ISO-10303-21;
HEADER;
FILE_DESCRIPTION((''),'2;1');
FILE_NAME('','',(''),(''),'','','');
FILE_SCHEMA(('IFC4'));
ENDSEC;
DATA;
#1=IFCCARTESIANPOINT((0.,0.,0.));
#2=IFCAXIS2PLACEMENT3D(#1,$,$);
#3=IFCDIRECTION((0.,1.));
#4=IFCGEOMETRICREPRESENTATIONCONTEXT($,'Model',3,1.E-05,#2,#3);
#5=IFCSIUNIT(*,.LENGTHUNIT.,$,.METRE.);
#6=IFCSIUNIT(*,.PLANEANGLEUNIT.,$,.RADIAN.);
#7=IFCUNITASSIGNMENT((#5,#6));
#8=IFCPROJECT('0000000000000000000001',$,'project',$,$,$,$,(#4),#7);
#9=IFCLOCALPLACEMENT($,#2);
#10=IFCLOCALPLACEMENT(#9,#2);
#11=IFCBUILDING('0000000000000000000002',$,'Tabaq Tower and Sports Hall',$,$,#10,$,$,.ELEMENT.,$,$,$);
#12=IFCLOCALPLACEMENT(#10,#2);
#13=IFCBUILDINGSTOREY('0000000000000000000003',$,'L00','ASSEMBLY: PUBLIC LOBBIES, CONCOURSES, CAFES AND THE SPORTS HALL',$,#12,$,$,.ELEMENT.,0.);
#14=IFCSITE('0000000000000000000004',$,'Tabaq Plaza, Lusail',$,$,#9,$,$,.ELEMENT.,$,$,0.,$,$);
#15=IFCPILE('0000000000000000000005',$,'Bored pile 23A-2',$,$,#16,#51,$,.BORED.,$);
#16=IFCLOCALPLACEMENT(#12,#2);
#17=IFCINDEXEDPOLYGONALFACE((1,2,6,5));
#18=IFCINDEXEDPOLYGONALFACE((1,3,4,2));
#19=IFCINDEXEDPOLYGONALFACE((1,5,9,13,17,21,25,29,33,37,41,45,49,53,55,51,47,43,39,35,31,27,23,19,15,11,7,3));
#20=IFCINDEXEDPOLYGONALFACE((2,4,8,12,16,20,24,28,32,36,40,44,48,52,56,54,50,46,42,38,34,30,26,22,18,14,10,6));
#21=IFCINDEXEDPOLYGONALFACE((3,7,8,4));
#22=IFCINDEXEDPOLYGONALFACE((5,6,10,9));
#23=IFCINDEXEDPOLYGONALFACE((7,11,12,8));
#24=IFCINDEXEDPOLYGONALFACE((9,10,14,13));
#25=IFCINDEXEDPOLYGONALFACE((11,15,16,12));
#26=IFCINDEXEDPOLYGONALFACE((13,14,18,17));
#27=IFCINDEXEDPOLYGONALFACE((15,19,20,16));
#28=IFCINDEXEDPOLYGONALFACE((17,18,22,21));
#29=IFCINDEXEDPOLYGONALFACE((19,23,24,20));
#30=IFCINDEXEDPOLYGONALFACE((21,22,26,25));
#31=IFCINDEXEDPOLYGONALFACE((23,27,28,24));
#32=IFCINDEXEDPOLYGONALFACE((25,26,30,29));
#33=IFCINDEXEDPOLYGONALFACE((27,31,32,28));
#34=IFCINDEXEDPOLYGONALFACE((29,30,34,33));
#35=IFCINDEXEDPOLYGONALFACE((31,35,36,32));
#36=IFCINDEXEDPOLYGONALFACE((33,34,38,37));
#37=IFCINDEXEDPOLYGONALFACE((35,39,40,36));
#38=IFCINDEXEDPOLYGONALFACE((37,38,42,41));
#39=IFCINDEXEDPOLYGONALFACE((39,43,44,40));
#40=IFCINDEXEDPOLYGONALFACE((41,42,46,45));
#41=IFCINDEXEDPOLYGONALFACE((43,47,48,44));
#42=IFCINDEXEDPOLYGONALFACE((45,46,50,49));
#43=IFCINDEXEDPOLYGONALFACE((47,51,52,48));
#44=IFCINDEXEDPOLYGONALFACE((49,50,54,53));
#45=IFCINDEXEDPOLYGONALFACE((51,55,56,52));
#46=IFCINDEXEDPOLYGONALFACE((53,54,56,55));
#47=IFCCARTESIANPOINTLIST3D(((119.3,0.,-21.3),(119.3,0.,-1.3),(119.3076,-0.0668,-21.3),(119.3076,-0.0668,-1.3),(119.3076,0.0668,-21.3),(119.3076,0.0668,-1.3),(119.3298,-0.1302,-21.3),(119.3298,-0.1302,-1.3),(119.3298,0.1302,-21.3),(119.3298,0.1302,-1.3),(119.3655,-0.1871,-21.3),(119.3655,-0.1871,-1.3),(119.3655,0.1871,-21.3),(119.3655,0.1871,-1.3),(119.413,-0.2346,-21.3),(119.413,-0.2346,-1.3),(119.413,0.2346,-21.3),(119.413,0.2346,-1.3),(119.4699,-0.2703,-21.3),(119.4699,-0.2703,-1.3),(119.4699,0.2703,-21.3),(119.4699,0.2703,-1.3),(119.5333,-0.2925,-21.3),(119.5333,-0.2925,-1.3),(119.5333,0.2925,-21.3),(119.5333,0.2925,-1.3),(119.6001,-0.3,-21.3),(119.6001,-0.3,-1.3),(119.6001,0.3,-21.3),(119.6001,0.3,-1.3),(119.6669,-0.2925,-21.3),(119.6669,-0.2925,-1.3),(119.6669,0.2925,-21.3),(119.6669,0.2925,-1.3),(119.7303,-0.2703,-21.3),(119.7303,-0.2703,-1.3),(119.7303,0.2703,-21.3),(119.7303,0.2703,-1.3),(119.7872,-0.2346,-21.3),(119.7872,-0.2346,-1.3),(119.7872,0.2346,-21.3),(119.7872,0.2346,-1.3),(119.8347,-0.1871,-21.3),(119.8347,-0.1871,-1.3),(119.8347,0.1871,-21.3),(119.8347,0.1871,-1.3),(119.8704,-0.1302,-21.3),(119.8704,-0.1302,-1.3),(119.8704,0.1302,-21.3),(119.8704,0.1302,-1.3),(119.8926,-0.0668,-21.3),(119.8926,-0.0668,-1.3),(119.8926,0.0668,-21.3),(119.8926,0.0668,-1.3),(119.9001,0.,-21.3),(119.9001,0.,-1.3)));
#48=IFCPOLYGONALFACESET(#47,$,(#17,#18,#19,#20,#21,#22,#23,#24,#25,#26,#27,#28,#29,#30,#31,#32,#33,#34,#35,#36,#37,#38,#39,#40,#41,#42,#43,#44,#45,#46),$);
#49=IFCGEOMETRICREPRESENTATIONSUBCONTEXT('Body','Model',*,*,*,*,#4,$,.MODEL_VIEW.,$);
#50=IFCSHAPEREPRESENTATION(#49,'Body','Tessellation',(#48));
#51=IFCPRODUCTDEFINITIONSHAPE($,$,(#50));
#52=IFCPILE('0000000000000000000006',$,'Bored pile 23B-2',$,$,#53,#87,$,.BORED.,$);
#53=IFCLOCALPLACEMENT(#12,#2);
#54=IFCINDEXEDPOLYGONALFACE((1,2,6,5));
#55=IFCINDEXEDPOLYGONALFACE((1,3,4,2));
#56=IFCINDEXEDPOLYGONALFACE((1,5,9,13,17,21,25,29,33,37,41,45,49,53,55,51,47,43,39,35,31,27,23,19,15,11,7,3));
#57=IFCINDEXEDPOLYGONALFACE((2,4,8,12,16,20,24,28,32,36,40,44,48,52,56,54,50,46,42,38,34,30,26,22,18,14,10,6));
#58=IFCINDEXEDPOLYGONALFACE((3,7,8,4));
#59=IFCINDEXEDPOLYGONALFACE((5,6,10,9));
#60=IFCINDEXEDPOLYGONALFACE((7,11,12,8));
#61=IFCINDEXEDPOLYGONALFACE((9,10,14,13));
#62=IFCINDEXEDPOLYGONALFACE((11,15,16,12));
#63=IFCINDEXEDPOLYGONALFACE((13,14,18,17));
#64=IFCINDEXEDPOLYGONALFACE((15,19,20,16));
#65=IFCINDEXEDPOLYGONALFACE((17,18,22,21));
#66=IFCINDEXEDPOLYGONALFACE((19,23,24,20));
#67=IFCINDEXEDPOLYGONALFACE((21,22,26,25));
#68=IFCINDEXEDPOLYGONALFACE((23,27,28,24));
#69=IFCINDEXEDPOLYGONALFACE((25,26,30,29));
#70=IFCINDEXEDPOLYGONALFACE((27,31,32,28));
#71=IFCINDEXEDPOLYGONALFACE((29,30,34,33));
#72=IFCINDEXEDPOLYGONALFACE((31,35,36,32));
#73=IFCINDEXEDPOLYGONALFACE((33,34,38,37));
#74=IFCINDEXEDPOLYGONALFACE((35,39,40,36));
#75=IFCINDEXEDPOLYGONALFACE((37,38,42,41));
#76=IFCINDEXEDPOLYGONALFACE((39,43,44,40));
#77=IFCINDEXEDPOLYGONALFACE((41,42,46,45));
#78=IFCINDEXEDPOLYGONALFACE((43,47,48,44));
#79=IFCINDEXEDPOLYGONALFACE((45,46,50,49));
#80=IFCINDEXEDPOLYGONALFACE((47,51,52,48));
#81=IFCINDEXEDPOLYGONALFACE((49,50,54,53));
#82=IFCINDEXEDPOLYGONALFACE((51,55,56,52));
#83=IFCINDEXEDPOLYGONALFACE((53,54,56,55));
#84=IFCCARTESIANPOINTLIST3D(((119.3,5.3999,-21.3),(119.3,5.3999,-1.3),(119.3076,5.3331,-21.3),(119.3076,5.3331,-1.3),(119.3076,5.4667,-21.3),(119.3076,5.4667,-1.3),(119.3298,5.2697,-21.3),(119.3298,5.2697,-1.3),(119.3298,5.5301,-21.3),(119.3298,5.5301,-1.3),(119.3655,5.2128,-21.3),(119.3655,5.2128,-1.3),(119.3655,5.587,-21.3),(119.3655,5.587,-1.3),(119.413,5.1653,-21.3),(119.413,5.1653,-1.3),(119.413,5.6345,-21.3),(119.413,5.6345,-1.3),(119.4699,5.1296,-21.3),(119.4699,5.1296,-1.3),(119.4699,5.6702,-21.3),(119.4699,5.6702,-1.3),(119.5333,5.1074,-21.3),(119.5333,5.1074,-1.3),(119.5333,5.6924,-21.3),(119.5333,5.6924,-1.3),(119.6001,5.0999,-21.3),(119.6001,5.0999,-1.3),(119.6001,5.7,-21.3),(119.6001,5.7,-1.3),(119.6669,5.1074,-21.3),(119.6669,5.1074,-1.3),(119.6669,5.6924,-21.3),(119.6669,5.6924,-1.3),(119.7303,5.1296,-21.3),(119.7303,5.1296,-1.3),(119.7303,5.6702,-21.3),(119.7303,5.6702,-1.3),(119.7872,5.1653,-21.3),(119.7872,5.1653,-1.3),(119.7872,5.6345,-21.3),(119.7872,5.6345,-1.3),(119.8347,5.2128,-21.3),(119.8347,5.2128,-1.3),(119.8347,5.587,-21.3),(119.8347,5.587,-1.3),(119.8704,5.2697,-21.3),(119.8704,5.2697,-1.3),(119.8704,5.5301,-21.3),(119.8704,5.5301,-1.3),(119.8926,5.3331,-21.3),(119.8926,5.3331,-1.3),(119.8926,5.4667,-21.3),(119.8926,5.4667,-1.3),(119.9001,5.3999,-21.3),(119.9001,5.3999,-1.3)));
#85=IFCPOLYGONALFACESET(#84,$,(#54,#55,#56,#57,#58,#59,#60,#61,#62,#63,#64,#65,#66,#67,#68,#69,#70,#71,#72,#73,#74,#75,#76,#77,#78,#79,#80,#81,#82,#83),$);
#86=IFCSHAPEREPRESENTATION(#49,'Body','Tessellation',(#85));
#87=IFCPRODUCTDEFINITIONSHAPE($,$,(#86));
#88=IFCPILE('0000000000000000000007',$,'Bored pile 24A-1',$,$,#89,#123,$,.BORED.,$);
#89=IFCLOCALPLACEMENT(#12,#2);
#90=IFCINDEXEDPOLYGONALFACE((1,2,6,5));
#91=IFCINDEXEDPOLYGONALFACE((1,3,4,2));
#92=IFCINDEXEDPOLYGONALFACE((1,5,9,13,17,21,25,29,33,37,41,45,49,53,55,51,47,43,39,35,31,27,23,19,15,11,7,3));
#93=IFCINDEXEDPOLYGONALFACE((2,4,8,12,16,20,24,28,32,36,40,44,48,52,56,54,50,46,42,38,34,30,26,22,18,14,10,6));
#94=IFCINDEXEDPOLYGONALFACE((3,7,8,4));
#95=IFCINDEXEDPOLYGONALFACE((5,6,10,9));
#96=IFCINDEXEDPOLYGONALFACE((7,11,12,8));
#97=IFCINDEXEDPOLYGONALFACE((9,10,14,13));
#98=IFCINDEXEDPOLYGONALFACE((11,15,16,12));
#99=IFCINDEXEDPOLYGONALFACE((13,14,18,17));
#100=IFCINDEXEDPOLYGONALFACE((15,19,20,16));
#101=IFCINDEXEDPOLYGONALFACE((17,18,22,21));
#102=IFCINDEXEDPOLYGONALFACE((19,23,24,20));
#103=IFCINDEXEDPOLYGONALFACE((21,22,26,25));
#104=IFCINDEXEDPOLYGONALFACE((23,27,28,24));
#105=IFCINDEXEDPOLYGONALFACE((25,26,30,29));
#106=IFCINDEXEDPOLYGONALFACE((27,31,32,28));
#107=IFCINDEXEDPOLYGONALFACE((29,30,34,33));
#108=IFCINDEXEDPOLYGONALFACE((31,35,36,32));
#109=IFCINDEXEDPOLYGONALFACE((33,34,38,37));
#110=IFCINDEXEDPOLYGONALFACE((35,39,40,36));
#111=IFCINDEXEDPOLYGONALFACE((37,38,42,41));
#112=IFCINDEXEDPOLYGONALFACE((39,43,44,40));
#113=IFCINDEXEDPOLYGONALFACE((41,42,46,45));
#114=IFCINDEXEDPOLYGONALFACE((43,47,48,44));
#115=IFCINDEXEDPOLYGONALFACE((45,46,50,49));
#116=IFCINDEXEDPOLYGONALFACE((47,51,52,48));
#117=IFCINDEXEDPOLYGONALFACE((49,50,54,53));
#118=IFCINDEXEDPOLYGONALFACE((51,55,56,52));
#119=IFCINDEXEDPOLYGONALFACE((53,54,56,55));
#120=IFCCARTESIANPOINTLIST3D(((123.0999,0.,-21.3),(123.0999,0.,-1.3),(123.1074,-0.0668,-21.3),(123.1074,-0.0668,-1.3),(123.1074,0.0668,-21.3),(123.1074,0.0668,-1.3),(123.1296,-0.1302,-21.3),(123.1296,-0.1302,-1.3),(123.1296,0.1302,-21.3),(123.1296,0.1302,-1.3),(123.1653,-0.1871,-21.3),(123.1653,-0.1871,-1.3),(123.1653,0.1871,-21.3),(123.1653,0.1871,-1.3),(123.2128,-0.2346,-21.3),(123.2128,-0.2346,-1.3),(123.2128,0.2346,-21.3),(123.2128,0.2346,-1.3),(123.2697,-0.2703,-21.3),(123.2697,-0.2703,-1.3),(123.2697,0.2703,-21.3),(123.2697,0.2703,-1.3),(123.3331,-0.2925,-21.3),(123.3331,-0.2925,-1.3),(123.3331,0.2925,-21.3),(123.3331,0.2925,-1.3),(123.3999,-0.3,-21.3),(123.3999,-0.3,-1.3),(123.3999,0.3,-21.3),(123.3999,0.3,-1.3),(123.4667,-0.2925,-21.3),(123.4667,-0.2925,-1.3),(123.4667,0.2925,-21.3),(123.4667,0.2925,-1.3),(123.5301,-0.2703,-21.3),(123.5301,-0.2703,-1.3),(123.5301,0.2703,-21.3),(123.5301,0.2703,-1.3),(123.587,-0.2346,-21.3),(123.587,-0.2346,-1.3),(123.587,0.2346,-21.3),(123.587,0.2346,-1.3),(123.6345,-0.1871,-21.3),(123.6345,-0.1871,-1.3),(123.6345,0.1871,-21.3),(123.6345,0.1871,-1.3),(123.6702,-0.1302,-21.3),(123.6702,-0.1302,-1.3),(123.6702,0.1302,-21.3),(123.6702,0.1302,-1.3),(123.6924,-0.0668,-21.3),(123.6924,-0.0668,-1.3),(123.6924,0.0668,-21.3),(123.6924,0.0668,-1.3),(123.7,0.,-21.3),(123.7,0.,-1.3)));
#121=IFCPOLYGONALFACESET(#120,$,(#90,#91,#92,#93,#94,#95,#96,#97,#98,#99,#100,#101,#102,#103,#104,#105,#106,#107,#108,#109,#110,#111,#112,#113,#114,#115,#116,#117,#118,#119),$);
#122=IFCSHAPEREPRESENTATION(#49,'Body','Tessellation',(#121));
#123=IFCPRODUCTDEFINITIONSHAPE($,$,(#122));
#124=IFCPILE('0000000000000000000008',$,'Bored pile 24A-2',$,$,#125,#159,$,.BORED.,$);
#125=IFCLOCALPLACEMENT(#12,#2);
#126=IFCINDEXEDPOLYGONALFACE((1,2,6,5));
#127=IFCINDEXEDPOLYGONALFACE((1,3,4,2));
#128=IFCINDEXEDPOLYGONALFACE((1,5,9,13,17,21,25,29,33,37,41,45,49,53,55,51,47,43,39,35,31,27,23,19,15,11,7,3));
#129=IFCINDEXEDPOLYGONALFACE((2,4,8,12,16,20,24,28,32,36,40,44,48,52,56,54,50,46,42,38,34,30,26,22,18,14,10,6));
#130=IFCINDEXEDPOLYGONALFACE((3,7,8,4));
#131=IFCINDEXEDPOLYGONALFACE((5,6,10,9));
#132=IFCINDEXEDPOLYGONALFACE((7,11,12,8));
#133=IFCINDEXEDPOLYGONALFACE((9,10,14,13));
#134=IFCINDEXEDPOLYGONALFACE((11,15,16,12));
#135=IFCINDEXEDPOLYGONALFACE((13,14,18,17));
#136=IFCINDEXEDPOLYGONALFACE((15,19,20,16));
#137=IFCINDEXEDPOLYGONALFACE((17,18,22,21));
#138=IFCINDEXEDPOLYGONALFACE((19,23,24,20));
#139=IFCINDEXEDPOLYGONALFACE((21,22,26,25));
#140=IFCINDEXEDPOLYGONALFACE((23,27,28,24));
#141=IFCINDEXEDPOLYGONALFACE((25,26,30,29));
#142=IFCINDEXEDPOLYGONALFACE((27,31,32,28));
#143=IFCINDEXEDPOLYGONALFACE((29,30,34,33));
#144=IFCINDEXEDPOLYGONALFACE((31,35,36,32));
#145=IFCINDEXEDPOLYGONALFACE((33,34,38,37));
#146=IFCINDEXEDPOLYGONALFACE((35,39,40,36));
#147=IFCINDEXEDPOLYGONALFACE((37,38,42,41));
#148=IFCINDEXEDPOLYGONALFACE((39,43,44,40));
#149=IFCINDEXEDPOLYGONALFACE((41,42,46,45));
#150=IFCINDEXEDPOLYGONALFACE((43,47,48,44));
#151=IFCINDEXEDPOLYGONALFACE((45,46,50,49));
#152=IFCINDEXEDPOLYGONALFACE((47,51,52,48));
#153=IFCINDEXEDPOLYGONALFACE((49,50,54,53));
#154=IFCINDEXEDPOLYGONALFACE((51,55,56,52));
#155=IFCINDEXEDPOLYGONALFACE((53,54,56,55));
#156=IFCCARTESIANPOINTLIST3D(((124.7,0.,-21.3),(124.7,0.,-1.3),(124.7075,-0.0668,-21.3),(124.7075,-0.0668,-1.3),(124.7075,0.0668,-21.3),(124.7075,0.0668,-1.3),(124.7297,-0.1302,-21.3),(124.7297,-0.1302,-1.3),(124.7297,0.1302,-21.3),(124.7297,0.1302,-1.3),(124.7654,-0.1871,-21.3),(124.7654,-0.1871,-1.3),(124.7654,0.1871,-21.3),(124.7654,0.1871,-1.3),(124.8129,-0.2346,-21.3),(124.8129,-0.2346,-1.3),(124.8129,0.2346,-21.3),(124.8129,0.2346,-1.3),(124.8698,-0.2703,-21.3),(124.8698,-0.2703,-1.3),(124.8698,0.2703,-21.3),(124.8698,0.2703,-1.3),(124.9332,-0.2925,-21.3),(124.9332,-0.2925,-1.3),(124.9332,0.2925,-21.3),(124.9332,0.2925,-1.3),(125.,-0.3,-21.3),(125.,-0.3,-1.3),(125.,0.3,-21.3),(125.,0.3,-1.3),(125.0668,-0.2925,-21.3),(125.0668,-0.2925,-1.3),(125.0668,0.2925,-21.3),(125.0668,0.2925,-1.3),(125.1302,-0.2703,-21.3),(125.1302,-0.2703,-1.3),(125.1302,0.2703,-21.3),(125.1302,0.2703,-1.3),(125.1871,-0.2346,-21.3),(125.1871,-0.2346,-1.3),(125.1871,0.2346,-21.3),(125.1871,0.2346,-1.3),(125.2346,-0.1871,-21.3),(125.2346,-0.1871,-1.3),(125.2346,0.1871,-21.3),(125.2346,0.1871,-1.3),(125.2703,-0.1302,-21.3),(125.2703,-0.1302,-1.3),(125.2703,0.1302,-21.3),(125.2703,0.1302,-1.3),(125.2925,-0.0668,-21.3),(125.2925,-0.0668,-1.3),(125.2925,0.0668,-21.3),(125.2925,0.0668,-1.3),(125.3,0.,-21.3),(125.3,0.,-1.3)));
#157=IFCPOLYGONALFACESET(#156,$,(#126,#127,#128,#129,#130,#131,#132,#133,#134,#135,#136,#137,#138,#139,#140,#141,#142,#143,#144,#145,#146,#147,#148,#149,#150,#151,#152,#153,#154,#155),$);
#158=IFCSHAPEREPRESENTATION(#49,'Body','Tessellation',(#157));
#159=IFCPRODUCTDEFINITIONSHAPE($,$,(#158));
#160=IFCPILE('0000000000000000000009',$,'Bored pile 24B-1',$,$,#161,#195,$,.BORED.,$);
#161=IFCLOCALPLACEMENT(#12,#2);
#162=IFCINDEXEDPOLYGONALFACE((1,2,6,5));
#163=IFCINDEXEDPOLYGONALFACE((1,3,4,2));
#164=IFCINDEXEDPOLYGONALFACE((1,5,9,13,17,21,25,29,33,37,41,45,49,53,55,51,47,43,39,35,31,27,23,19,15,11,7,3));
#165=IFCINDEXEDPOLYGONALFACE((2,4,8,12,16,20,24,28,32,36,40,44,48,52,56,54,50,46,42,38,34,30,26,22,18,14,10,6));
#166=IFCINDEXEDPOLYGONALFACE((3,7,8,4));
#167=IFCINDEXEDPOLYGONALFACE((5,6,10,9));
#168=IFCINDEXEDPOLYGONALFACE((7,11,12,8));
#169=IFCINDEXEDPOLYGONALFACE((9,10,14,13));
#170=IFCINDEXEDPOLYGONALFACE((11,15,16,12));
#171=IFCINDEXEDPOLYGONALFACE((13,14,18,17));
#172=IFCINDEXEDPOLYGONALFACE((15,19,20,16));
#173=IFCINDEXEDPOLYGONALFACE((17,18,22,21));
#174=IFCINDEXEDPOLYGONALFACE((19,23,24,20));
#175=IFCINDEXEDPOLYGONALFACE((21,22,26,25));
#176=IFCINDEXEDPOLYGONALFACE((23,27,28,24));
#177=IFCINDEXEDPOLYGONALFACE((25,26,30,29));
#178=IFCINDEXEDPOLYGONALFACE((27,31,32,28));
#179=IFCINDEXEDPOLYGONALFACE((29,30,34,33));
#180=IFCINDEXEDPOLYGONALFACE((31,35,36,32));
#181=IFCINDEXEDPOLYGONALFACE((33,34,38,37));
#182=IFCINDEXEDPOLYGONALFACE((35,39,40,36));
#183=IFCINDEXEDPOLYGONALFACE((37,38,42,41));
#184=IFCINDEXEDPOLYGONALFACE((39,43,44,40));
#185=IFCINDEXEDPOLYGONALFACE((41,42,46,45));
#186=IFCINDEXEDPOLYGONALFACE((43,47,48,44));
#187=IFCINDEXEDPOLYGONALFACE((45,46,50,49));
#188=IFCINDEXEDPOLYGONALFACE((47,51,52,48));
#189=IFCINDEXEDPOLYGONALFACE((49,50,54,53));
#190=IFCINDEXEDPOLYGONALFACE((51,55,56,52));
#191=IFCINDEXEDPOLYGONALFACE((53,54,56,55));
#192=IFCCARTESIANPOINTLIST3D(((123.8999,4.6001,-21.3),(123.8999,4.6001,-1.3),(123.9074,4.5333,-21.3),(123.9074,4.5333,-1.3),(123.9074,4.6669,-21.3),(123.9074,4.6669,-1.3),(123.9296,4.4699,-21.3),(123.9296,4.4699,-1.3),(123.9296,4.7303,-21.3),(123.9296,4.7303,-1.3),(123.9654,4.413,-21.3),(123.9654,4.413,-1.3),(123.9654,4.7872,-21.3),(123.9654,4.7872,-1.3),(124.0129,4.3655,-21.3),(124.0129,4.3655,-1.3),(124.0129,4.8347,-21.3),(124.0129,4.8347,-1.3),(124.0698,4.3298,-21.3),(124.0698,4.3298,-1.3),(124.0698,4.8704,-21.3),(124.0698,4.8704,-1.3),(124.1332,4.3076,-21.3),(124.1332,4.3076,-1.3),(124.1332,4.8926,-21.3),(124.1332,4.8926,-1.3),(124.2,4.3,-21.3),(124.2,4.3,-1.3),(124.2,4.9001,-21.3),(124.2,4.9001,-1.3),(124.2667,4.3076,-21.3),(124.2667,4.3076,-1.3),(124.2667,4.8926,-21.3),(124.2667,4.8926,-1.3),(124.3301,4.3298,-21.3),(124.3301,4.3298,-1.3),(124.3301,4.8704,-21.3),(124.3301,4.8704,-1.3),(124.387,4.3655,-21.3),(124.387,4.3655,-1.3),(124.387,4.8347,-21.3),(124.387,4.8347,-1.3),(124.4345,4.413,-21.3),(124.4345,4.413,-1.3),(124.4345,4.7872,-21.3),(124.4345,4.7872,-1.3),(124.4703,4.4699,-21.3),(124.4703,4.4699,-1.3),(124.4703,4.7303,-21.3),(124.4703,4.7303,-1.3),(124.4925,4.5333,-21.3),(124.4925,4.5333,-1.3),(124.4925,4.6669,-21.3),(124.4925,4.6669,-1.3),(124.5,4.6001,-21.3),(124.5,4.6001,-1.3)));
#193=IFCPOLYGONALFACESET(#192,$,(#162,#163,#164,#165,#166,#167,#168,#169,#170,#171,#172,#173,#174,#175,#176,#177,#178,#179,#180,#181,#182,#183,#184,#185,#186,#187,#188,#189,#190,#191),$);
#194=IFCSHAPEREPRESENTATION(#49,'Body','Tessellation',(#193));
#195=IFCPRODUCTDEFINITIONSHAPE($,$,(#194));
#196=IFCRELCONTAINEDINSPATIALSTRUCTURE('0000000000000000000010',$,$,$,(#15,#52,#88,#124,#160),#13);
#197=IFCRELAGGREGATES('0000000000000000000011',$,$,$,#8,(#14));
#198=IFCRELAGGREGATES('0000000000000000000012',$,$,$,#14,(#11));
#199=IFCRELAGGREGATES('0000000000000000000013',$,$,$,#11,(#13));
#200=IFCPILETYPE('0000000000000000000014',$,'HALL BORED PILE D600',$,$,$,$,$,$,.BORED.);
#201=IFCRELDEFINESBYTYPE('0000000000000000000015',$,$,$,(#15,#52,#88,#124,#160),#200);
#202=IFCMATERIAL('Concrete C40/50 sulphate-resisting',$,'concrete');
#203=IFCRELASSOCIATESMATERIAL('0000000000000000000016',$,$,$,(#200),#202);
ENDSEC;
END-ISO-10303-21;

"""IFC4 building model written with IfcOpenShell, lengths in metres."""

from ifc_helpers import new_model, si_unit, direction, frame, origin, origin_2d, place, context, subcontext, project, spatial, circle, extrude, material, material_profile, profile_set, type_object, element, save


model = new_model("IFC4")

# Units and contexts
model_context = context("Model", 3, precision=1e-05, world=origin(), true_north=direction((0.0, 1.0)))
body_context = subcontext(model_context, "Body", "Model", "MODEL_VIEW")
ifc_project = project(units=[si_unit("LENGTHUNIT", "METRE"), si_unit("PLANEANGLEUNIT", "RADIAN")], contexts=[model_context])

# Site, building, storey
site_placement = place(None, origin())
site = spatial("IfcSite", under=ifc_project, at=site_placement, Name="Tabaq Plaza, Lusail", CompositionType="ELEMENT", RefElevation=0.0)
building_placement = place(site_placement, origin())
building = spatial("IfcBuilding", under=site, at=building_placement, Name="Tabaq Tower and Sports Hall", CompositionType="ELEMENT")
storey_placement = place(building_placement, origin())
storey = spatial("IfcBuildingStorey", under=building, at=storey_placement, Name="L00", Description="ASSEMBLY: PUBLIC LOBBIES, CONCOURSES, CAFES AND THE SPORTS HALL", CompositionType="ELEMENT", Elevation=0.0)

# Piles
ifc_material_1 = material(Name="Concrete C40/50 sulphate-resisting", Category="concrete")
ifc_material_profile_1 = material_profile(ifc_material_1, circle(Radius=0.3, at=origin_2d()), Name="D600")
ifc_profile_set_1 = profile_set([ifc_material_profile_1], Name="Concrete C40/50 sulphate-resisting")
pile_type = type_object("IfcPileType", Name="HALL BORED PILE D600", PredefinedType="BORED", material=ifc_profile_set_1)
for number, where, z_axis, x_axis, name in (
    (1, (119.6001, 0.0, -1.3), (0.0, 0.0, -1.0), (1.0, 0.0, 0.0), "Bored pile 23A-2"),
    (2, (119.6001, 5.3999, -1.3), (0.0, 0.0, -1.0), (1.0, 0.0, 0.0), "Bored pile 23B-2"),
    (3, (123.3999, 0.0, -1.3), (0.0, 0.0, -1.0), (1.0, 0.0, 0.0), "Bored pile 24A-1"),
    (4, (125.0, 0.0, -1.3), (0.0, 0.0, -1.0), (1.0, 0.0, 0.0), "Bored pile 24A-2"),
    (5, (124.2, 4.6001, -1.3), (0.0, 0.0, -1.0), (1.0, 0.0, 0.0), "Bored pile 24B-1"),
):
    element("IfcPile", number, at=place(storey_placement, frame(where, z_axis=z_axis, x_axis=x_axis)), inside=storey, type_object=pile_type, Name=name, PredefinedType="BORED", context=body_context, shape_type="SweptSolid", body=[
        extrude(circle(Radius=0.3, at=origin_2d()), origin(), (0.0, 0.0, 1.0), 20.0),
    ])

save(model, "model.ifc")
